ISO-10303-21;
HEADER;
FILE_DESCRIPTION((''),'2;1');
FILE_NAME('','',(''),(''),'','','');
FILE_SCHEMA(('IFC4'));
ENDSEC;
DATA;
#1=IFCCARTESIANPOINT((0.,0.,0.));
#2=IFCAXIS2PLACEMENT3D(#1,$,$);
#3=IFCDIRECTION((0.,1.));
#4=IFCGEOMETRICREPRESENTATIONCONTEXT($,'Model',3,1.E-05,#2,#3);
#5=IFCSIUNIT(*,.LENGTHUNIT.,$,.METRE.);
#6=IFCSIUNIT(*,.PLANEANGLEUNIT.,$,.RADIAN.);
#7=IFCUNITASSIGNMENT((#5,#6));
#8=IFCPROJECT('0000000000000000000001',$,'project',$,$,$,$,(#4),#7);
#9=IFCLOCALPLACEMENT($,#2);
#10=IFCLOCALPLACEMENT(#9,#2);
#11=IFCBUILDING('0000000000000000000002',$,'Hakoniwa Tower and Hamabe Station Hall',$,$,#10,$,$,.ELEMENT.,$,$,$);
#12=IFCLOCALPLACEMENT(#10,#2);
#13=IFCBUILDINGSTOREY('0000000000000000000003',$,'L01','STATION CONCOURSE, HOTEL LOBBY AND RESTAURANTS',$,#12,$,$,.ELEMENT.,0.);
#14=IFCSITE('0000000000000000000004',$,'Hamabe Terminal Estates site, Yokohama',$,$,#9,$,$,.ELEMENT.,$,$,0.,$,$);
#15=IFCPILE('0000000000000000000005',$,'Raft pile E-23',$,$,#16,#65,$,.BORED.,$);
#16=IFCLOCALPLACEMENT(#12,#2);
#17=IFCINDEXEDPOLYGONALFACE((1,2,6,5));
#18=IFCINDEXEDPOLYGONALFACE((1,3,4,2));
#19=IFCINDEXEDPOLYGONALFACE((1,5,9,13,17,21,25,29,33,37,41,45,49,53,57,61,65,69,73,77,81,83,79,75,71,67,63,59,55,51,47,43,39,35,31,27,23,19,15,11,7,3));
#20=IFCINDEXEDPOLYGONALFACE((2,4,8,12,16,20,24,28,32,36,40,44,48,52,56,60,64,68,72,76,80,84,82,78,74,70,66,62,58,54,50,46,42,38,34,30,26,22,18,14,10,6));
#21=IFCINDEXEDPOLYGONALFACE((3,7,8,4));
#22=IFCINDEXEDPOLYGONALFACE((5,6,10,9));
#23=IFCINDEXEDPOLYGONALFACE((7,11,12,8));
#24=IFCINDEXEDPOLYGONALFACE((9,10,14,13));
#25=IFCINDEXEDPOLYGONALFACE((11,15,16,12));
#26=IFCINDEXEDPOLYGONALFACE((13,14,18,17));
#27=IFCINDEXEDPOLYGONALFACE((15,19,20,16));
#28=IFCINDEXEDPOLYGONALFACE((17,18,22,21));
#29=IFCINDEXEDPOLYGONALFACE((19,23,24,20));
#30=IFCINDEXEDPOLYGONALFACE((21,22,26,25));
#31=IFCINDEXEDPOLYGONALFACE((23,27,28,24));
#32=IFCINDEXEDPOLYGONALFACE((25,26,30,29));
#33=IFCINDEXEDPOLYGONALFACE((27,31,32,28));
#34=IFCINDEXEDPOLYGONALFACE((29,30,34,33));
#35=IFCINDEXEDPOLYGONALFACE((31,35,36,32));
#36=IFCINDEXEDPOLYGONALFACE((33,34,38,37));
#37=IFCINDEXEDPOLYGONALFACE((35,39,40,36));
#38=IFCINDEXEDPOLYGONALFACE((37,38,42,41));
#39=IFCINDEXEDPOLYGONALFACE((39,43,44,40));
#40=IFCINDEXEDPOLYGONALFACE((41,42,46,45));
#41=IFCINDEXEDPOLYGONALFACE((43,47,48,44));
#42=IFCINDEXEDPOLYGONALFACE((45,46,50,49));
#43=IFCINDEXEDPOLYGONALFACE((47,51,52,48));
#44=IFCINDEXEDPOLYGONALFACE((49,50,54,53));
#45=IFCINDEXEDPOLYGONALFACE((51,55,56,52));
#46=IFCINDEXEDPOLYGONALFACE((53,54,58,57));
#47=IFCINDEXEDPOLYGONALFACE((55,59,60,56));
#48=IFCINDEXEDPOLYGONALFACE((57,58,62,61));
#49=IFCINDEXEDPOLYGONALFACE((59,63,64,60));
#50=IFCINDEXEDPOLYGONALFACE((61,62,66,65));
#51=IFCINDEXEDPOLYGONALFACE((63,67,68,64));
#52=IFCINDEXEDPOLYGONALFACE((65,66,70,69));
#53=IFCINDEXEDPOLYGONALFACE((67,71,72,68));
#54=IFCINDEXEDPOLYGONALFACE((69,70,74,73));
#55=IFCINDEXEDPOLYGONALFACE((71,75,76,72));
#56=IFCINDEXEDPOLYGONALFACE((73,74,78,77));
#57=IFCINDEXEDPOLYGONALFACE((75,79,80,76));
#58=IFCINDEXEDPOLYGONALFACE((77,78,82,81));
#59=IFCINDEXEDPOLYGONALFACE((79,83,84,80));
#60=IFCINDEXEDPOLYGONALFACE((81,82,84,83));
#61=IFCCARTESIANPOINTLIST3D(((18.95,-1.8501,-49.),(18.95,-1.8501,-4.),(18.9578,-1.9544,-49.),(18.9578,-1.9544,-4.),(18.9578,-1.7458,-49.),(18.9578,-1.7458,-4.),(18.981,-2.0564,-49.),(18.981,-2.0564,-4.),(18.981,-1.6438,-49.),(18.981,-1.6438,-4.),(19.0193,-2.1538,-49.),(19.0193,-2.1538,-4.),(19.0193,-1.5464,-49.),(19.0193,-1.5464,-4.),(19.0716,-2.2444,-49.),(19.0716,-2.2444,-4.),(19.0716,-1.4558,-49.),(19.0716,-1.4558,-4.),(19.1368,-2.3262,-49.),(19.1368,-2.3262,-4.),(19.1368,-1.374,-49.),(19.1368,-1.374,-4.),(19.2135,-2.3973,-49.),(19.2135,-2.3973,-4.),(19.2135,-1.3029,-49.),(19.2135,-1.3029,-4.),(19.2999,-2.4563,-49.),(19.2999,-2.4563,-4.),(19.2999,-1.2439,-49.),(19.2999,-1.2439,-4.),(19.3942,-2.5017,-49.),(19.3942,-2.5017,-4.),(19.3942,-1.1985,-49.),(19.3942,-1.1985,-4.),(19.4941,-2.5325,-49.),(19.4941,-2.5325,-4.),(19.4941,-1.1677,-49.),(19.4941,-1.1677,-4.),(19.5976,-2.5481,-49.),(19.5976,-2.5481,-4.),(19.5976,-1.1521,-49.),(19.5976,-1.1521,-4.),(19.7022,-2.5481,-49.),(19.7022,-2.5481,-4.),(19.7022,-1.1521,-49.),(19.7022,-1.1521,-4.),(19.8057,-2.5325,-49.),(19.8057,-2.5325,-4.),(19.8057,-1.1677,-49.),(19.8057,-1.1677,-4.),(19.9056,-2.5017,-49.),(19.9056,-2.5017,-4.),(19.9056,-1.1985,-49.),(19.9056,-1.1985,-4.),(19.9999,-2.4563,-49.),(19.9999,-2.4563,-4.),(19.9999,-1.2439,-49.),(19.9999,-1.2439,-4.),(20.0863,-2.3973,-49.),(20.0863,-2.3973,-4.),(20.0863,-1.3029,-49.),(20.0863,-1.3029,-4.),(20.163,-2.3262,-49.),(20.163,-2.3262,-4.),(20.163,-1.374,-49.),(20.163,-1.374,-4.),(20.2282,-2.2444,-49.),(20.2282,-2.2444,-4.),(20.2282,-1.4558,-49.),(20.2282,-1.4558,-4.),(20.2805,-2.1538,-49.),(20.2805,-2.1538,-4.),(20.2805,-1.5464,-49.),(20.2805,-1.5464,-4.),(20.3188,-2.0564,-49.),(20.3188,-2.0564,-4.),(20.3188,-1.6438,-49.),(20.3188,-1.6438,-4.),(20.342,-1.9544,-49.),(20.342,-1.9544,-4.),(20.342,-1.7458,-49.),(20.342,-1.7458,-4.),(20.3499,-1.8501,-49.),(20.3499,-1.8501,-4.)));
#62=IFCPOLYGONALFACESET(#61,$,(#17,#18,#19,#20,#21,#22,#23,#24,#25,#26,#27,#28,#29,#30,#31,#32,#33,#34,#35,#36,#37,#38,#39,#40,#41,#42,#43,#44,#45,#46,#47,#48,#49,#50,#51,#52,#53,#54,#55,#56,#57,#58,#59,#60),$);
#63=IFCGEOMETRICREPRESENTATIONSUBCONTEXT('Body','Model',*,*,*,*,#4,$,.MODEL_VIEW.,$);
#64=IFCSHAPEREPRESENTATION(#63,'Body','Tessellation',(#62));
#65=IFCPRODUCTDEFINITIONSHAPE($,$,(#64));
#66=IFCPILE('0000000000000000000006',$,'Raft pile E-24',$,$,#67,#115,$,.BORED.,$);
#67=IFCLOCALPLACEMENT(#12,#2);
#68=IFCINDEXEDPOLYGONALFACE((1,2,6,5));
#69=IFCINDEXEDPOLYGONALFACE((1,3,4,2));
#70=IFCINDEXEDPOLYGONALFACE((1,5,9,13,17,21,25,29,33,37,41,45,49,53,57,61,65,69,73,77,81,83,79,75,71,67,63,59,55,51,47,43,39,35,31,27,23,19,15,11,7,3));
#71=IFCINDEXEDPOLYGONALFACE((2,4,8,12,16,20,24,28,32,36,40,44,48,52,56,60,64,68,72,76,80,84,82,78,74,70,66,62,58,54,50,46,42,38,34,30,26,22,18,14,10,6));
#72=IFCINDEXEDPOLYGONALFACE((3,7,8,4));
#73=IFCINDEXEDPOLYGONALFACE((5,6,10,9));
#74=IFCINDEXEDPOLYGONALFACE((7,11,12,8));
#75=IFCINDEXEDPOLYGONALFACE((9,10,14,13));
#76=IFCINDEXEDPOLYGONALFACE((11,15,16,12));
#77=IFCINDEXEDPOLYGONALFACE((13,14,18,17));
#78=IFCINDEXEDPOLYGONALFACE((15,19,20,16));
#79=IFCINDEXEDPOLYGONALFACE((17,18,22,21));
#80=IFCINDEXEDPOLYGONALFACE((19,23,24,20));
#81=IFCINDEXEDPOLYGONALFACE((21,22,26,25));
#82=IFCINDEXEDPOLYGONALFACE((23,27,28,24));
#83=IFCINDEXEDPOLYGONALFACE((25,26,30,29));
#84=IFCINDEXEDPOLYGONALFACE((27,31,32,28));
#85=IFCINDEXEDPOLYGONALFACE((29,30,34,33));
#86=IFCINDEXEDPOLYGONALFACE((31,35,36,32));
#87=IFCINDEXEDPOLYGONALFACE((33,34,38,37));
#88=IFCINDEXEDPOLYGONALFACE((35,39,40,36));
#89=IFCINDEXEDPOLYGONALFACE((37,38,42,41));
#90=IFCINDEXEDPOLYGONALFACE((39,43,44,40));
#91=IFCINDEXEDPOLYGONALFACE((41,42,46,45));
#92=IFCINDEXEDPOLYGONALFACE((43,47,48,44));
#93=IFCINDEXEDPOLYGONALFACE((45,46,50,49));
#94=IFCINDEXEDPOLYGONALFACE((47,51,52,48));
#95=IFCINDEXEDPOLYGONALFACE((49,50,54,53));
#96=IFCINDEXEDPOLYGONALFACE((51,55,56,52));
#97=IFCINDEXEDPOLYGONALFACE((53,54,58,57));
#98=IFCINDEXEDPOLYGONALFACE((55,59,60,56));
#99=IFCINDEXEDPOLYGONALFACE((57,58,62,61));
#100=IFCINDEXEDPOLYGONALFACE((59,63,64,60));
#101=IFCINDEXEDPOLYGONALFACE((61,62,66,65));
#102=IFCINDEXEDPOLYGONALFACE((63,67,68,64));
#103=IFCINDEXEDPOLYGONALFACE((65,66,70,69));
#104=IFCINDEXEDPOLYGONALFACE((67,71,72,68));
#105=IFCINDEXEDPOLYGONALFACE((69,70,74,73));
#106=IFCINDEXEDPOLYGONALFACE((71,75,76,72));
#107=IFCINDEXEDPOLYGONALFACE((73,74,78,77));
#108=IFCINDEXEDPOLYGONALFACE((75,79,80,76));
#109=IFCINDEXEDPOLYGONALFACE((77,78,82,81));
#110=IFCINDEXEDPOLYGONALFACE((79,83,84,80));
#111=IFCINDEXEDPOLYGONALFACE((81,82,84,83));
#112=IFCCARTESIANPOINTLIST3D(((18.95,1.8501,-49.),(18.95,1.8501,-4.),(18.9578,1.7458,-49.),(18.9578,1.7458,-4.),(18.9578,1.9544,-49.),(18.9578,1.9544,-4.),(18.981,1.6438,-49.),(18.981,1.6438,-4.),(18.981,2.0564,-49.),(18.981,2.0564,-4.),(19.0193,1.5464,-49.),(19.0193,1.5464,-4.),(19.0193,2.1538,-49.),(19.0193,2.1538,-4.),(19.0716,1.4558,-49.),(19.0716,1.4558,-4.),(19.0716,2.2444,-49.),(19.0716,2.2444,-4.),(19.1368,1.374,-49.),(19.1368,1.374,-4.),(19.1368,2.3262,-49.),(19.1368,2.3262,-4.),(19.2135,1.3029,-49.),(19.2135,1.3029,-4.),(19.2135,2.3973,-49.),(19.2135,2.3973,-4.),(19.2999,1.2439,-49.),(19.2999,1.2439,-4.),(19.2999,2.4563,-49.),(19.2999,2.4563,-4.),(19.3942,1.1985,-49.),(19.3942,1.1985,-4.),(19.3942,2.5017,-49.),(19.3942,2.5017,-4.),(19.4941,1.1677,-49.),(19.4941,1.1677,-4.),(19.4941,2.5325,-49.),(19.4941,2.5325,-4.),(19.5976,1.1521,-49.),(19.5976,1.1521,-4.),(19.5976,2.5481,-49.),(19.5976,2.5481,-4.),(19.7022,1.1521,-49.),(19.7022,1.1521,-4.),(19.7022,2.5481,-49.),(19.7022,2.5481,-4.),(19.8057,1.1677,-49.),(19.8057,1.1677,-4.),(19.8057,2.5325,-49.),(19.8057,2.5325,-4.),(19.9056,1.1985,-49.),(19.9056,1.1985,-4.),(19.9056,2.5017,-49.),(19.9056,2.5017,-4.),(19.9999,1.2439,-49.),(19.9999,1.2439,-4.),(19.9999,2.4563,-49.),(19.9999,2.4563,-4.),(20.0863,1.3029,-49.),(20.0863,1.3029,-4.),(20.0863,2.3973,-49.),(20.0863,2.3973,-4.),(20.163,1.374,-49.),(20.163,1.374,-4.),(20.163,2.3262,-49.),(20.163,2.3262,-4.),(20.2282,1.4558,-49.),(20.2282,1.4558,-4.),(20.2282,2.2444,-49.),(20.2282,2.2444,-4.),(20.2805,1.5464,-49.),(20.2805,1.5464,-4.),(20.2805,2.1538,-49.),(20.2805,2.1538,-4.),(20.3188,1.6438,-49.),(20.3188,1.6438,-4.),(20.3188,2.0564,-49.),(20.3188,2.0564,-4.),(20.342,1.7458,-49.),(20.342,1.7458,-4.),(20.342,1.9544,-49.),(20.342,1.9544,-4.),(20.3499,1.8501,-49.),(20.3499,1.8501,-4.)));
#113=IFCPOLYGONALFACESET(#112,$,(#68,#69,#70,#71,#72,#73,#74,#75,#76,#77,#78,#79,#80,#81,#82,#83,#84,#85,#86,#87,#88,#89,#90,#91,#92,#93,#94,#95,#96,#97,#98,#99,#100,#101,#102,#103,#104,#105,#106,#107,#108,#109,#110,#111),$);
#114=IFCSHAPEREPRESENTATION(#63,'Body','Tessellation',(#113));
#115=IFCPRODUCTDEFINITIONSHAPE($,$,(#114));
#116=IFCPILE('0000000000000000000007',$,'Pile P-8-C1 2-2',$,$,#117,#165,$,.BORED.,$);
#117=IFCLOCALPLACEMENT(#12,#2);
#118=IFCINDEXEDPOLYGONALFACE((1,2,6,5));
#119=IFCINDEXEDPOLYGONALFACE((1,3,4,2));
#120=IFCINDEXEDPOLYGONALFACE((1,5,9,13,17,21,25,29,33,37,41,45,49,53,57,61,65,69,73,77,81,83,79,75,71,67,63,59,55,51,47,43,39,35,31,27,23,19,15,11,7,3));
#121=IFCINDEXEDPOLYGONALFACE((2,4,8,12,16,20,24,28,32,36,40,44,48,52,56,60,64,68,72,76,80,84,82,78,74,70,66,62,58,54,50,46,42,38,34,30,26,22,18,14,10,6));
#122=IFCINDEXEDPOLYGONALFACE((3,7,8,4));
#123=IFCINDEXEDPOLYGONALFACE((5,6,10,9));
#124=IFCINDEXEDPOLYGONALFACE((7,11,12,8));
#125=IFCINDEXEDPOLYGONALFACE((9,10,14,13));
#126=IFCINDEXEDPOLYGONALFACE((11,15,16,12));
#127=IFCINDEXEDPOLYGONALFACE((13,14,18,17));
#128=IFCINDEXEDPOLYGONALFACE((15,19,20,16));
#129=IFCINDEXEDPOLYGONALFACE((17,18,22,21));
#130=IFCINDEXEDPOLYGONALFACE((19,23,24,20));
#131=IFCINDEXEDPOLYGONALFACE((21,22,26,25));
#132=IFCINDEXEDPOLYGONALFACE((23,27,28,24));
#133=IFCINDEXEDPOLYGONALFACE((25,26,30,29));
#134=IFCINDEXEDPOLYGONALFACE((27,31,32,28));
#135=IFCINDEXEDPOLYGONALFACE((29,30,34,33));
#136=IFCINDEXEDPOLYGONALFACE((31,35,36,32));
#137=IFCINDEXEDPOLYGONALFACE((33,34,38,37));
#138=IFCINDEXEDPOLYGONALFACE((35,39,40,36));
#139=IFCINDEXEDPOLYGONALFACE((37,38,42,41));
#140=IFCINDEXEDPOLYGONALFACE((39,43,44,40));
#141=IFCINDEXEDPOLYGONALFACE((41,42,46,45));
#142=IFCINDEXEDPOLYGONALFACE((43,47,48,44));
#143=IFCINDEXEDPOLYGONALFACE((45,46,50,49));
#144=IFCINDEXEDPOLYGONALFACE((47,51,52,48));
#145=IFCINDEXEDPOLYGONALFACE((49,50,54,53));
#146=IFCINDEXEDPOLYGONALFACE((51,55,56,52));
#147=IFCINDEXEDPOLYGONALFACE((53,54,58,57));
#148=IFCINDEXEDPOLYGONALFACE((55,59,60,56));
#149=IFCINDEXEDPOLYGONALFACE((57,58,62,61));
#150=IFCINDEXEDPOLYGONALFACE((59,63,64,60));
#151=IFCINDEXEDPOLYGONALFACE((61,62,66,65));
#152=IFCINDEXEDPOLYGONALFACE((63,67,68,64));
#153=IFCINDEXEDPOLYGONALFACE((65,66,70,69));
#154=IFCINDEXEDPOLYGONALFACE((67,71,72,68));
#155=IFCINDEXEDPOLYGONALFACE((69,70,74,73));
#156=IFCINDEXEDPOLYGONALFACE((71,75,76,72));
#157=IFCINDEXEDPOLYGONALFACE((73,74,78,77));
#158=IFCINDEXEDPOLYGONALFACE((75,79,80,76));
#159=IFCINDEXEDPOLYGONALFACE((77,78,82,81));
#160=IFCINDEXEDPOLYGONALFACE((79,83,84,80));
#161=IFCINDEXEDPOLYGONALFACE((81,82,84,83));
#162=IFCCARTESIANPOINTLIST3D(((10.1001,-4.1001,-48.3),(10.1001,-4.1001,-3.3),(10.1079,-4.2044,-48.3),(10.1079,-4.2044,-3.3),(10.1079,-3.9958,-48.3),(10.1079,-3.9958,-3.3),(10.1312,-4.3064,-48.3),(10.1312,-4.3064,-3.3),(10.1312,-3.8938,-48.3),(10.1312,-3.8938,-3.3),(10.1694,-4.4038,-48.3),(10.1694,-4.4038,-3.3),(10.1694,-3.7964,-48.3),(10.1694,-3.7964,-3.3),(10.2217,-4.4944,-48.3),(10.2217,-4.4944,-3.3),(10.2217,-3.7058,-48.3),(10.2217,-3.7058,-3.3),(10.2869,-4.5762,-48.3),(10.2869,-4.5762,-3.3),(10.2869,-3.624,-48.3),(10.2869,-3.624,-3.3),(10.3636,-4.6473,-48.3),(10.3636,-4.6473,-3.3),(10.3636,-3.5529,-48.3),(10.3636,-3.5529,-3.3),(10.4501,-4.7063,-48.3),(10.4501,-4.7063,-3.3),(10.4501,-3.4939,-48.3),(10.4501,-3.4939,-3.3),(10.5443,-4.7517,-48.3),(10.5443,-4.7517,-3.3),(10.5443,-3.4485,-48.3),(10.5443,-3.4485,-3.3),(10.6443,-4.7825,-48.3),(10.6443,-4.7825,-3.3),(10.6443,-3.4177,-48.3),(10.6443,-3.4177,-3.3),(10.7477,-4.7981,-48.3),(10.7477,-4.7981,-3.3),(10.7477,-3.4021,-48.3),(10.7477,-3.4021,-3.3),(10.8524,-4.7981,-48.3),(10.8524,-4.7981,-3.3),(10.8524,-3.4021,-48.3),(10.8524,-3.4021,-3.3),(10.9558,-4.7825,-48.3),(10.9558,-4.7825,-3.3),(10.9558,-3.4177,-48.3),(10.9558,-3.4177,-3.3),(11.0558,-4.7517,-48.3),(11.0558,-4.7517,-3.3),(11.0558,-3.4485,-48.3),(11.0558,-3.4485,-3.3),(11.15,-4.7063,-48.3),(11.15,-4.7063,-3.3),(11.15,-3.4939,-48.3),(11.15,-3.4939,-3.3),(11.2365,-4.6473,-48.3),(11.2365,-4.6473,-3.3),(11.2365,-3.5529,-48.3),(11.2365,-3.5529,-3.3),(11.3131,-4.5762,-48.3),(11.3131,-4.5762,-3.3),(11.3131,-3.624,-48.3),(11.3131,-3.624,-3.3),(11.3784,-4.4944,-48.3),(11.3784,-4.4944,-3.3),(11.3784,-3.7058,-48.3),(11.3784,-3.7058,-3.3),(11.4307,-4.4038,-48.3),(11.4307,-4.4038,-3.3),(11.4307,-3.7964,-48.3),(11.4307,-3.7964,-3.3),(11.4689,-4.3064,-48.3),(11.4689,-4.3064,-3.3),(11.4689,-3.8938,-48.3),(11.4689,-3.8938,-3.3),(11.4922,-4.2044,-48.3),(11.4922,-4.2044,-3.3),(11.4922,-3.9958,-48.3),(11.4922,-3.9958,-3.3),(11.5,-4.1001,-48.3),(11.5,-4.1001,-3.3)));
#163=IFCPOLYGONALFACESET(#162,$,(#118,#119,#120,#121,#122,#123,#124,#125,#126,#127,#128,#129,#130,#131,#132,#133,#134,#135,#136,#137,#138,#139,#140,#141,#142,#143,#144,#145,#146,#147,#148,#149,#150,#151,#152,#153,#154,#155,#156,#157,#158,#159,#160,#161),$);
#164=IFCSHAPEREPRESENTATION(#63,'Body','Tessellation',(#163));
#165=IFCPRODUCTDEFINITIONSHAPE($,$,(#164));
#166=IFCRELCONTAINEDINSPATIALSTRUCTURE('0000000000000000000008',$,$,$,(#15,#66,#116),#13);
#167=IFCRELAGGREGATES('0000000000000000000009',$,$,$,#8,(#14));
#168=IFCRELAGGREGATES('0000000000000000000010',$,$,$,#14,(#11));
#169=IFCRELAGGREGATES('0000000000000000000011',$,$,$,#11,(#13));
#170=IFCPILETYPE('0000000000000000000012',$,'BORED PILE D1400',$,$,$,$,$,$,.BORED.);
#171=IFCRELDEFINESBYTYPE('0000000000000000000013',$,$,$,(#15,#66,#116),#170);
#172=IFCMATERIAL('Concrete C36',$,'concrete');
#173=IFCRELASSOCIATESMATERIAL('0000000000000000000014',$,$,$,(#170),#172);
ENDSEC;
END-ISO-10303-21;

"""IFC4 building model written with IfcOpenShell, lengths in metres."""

from ifc_helpers import new_model, si_unit, direction, frame, origin, origin_2d, place, context, subcontext, project, spatial, circle, extrude, material, material_profile, profile_set, type_object, element, save


model = new_model("IFC4")

# Units and contexts
model_context = context("Model", 3, precision=1e-05, world=origin(), true_north=direction((0.0, 1.0)))
body_context = subcontext(model_context, "Body", "Model", "MODEL_VIEW")
ifc_project = project(units=[si_unit("LENGTHUNIT", "METRE"), si_unit("PLANEANGLEUNIT", "RADIAN")], contexts=[model_context])

# Site, building, storey
site_placement = place(None, origin())
site = spatial("IfcSite", under=ifc_project, at=site_placement, Name="Hamabe Terminal Estates site, Yokohama", CompositionType="ELEMENT", RefElevation=0.0)
building_placement = place(site_placement, origin())
building = spatial("IfcBuilding", under=site, at=building_placement, Name="Hakoniwa Tower and Hamabe Station Hall", CompositionType="ELEMENT")
storey_placement = place(building_placement, origin())
storey = spatial("IfcBuildingStorey", under=building, at=storey_placement, Name="L01", Description="STATION CONCOURSE, HOTEL LOBBY AND RESTAURANTS", CompositionType="ELEMENT", Elevation=0.0)

# Piles
ifc_material_1 = material(Name="Concrete C36", Category="concrete")
ifc_material_profile = material_profile(ifc_material_1, circle(Radius=0.7, at=origin_2d()), Name="BORED PILE D1400")
ifc_profile_set = profile_set([ifc_material_profile], Name="Concrete C36")
pile_type = type_object("IfcPileType", Name="BORED PILE D1400", PredefinedType="BORED", material=ifc_profile_set)
for number, where, z_axis, x_axis, name in (
    (1, (19.6499, -1.8501, -4.0), (0.0, 0.0, -1.0), (1.0, 0.0, 0.0), "Raft pile E-23"),
    (2, (19.6499, 1.8501, -4.0), (0.0, 0.0, -1.0), (1.0, 0.0, 0.0), "Raft pile E-24"),
    (3, (10.8, -4.1001, -3.3), (0.0, 0.0, -1.0), (1.0, 0.0, 0.0), "Pile P-8-C1 2-2"),
):
    element("IfcPile", number, at=place(storey_placement, frame(where, z_axis=z_axis, x_axis=x_axis)), inside=storey, type_object=pile_type, Name=name, PredefinedType="BORED", context=body_context, shape_type="SweptSolid", body=[
        extrude(circle(Radius=0.7, at=origin_2d()), origin(), (0.0, 0.0, 1.0), 45.0),
    ])

save(model, "model.ifc")
